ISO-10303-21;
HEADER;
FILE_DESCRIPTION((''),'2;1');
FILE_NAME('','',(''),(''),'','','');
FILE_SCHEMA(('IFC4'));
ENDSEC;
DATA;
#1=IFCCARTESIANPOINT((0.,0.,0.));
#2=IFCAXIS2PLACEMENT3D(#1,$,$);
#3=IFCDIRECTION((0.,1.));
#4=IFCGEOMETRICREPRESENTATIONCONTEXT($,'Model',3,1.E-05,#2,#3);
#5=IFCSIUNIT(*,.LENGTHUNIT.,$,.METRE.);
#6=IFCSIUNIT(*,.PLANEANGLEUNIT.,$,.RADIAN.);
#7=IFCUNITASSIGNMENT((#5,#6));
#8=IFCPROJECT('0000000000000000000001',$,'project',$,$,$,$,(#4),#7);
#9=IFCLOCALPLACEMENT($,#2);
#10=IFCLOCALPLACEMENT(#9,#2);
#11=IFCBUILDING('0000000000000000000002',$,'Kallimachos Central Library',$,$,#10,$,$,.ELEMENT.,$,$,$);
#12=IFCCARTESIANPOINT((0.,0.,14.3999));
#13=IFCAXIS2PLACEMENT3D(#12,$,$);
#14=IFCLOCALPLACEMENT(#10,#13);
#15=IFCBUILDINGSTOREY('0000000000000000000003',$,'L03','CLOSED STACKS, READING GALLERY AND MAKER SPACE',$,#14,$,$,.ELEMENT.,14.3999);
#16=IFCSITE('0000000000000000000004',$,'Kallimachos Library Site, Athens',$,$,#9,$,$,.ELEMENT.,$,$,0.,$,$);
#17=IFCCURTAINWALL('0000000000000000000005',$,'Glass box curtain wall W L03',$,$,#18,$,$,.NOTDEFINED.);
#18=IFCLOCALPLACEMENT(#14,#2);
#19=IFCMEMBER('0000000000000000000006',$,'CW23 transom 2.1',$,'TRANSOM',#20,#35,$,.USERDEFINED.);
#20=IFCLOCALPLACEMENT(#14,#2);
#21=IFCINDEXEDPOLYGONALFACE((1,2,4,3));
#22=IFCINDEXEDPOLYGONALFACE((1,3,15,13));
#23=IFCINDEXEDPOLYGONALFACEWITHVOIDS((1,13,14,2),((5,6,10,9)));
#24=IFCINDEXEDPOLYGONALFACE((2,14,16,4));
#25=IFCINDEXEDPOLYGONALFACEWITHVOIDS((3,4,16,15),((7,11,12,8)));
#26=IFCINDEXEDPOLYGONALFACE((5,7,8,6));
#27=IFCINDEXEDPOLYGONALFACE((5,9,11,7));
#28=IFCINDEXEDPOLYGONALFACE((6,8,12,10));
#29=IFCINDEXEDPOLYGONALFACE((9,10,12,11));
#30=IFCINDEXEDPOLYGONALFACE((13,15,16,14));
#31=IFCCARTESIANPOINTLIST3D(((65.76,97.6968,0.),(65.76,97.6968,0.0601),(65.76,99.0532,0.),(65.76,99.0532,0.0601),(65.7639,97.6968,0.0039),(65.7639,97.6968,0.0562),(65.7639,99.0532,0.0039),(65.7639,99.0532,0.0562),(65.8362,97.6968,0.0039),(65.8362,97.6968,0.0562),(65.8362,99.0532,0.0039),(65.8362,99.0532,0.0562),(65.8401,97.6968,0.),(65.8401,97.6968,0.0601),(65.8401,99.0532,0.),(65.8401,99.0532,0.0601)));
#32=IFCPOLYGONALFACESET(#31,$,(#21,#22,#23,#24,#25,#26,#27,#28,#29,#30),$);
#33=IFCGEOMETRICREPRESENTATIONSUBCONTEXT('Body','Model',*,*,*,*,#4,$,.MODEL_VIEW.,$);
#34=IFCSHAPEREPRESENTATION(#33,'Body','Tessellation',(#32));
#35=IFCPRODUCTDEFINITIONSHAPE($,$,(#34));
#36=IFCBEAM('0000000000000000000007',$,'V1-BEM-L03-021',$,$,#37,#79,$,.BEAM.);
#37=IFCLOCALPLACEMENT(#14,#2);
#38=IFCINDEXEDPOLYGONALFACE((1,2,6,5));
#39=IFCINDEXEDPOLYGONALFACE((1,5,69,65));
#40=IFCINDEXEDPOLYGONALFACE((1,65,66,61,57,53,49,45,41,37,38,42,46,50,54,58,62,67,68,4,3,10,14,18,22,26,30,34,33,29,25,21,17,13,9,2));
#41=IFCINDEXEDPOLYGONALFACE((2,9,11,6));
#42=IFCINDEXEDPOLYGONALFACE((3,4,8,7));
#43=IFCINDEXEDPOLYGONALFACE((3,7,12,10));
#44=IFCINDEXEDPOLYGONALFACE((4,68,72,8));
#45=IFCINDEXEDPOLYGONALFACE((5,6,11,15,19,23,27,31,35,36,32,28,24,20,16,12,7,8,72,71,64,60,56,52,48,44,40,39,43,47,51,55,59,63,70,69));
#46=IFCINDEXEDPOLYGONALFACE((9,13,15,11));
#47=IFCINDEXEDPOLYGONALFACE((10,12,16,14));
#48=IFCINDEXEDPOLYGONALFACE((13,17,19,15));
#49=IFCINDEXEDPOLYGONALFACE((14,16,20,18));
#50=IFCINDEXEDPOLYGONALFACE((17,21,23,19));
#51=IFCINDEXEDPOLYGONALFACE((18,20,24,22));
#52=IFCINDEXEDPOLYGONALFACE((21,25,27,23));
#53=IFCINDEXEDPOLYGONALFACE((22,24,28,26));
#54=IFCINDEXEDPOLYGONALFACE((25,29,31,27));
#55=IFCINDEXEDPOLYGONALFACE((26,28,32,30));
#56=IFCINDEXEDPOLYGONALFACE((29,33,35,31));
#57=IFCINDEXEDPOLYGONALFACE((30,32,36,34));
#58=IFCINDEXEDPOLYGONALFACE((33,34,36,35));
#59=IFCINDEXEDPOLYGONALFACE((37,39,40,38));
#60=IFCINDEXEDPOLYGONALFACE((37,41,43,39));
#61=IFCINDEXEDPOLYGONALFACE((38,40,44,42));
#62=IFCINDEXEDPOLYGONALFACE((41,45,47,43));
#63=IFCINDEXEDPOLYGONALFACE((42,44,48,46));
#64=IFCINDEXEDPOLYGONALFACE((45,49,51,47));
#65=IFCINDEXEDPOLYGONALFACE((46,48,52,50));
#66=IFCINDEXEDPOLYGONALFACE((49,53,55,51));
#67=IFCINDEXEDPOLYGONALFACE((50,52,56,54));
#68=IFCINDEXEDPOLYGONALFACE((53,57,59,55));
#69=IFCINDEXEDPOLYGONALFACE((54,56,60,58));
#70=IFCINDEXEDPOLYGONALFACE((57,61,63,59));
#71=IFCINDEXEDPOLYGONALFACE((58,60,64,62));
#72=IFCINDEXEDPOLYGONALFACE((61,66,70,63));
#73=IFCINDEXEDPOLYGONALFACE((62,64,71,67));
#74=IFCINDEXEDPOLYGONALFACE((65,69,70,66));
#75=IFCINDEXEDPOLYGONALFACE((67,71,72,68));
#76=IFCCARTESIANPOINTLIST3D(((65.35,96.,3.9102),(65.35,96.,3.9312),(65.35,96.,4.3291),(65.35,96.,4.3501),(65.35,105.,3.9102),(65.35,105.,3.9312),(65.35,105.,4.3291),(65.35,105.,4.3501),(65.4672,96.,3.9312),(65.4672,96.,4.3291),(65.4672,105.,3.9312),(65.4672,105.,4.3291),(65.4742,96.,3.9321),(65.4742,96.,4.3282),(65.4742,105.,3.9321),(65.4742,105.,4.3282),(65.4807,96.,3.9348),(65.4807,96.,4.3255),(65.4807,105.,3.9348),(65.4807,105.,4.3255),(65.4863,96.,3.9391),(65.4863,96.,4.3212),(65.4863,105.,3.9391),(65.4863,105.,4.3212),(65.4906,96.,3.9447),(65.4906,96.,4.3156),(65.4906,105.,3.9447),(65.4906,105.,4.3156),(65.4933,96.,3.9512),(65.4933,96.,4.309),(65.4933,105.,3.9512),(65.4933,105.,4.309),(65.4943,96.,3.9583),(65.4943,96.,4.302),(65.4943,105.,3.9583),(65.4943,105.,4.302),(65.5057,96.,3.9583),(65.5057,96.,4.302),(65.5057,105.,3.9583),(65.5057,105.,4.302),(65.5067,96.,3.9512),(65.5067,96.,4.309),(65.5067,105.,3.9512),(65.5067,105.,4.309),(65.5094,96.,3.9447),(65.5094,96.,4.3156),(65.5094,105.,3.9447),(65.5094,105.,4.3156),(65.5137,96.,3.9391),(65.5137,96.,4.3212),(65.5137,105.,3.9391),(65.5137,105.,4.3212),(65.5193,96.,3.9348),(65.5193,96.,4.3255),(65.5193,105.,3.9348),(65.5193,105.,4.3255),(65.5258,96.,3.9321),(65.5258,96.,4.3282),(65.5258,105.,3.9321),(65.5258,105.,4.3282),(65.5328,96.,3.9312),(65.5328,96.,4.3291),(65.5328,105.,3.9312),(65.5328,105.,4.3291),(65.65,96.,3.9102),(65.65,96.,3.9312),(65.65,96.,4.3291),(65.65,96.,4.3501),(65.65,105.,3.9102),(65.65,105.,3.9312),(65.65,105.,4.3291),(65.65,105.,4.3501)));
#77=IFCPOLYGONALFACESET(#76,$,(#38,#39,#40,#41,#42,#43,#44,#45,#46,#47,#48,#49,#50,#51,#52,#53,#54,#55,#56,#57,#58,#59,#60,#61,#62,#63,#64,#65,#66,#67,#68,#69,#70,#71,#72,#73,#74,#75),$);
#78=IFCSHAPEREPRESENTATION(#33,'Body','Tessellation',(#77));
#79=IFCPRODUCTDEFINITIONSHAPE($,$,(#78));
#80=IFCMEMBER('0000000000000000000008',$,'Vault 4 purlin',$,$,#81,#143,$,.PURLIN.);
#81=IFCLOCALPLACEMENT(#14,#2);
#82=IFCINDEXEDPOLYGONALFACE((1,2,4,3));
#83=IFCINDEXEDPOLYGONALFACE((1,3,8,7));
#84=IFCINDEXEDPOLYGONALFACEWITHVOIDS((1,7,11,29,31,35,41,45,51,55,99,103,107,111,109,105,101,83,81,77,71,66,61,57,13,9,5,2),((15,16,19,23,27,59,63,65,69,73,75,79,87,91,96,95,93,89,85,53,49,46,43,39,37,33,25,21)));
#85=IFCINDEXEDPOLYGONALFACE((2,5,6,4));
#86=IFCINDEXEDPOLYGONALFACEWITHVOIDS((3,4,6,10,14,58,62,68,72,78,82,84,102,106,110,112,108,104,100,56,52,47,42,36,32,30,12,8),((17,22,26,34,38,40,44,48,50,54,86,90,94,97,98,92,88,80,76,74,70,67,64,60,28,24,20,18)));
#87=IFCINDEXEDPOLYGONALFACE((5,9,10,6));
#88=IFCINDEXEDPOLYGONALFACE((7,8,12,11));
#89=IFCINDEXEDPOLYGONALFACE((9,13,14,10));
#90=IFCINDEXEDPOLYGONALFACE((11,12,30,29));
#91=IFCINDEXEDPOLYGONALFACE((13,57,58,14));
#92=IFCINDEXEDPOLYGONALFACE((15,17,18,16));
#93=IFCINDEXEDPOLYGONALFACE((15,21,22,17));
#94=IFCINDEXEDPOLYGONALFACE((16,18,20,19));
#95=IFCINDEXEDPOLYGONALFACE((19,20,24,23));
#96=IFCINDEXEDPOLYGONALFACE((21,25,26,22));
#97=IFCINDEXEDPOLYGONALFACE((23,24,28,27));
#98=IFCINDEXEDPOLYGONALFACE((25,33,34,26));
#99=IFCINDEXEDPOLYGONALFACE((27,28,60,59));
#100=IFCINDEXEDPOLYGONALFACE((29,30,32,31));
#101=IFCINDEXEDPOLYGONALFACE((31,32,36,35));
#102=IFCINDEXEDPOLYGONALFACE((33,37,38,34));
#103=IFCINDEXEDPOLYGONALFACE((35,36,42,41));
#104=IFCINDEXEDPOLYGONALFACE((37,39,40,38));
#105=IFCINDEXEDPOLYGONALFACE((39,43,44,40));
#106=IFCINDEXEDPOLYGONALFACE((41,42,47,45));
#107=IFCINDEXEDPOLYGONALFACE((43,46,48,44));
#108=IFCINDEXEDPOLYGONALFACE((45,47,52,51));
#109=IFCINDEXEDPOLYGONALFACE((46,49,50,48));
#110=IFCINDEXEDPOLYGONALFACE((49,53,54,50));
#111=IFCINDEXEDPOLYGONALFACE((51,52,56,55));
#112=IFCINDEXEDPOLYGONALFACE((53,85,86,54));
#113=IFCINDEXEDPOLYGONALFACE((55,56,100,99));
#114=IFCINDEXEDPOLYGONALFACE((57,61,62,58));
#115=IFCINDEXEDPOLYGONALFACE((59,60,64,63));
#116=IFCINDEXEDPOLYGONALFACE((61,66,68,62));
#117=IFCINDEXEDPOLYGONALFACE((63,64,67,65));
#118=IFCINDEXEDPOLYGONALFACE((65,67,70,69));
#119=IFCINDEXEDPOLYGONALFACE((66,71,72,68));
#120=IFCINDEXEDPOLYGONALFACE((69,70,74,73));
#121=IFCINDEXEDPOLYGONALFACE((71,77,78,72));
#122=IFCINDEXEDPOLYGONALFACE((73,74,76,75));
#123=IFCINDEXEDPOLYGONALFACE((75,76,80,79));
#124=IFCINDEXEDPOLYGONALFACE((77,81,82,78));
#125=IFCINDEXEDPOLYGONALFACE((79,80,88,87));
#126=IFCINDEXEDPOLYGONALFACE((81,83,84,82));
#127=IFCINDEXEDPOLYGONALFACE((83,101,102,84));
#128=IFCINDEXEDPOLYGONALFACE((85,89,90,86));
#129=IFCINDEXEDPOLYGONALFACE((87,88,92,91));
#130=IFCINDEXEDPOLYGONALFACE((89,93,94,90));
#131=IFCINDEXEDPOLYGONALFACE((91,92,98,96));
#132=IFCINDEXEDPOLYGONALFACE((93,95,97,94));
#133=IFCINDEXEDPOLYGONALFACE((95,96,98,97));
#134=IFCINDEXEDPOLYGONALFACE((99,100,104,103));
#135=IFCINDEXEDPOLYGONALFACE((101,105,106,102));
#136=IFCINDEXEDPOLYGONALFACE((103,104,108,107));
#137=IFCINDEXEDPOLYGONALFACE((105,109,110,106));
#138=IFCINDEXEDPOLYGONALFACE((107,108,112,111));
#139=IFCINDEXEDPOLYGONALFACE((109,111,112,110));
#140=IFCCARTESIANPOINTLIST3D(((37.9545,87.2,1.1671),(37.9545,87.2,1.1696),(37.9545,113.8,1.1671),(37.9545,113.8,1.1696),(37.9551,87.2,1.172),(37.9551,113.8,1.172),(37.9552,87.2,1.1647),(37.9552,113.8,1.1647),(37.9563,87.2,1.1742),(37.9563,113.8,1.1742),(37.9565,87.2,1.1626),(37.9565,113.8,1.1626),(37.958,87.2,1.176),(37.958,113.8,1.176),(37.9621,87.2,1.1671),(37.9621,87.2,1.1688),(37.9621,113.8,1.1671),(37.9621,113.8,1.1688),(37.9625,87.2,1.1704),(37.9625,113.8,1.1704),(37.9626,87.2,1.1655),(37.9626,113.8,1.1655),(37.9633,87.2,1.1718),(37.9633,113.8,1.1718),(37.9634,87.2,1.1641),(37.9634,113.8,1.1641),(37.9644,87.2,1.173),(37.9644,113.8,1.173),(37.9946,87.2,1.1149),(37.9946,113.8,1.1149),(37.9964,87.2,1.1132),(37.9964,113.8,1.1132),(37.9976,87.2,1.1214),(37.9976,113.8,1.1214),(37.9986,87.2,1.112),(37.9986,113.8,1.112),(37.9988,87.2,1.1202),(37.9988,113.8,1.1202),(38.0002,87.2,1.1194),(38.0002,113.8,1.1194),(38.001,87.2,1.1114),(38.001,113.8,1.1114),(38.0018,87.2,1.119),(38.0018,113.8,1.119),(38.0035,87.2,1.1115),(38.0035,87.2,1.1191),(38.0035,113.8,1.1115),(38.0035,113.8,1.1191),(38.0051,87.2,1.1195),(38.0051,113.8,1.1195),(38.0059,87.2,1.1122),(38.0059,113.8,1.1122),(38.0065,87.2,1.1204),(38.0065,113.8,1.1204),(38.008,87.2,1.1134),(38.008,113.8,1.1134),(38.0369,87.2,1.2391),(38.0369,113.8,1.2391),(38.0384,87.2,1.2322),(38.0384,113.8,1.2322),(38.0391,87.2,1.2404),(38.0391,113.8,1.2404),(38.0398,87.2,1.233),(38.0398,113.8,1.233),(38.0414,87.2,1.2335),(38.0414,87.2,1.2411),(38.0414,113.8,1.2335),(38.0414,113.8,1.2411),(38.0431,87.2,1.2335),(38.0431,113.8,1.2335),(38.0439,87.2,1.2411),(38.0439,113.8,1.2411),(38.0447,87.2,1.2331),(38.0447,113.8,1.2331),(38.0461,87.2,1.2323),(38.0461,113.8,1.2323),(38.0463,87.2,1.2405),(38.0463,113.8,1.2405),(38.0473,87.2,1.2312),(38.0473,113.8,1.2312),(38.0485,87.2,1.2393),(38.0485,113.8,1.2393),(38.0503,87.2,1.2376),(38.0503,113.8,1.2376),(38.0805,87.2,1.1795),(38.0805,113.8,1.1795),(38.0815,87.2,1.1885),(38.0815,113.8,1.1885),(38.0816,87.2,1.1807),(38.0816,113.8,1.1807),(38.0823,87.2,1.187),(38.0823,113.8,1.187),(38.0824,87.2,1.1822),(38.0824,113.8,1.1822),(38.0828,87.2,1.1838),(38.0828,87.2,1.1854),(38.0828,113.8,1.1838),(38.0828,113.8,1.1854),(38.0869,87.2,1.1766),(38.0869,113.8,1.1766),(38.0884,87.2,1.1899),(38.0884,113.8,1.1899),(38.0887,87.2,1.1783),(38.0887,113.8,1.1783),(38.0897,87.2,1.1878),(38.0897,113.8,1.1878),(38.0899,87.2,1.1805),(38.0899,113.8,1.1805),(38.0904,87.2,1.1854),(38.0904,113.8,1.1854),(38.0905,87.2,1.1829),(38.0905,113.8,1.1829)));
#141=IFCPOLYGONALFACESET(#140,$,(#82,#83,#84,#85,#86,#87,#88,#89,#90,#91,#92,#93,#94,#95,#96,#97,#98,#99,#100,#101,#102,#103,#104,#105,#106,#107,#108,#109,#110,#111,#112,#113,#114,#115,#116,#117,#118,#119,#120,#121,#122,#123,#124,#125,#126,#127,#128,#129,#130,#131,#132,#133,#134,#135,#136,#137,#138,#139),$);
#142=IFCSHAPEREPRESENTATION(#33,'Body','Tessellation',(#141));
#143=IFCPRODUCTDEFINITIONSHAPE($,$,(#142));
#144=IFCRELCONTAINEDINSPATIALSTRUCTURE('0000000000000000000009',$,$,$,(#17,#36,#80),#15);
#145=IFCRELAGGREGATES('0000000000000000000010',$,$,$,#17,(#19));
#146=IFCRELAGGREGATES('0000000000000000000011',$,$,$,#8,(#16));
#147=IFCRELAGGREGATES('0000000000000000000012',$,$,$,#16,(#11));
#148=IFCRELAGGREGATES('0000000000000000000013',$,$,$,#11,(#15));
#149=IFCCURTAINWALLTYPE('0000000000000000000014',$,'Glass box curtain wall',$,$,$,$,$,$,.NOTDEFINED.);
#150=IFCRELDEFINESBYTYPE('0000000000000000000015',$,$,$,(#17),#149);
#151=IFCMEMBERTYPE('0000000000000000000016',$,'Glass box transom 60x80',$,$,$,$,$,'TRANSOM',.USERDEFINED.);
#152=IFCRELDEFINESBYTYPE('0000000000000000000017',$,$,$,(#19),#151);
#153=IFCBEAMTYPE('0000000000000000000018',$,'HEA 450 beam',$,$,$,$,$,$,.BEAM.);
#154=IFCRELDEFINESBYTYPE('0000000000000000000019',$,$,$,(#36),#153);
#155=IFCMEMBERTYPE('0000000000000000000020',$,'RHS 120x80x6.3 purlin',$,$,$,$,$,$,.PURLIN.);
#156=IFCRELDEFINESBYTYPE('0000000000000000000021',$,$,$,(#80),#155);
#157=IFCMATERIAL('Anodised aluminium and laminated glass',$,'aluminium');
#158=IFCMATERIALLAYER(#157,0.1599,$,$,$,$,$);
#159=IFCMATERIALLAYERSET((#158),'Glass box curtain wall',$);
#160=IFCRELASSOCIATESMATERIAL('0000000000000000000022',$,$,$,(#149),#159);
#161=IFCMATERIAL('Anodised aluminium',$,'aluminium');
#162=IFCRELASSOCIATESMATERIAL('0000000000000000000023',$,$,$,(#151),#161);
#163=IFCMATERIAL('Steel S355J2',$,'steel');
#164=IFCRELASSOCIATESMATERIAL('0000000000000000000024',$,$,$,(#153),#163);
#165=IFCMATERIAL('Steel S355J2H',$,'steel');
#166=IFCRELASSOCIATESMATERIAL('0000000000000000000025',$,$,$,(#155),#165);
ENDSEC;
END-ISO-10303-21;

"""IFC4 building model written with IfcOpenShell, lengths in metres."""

from ifc_helpers import new_model, si_unit, direction, frame, origin, origin_2d, place, context, subcontext, project, spatial, hollow_rectangle, i_section, extrude, material, layer, layer_set, material_profile, profile_set, type_object, element, aggregate, save


model = new_model("IFC4")

# Units and contexts
model_context = context("Model", 3, precision=1e-05, world=origin(), true_north=direction((0.0, 1.0)))
body_context = subcontext(model_context, "Body", "Model", "MODEL_VIEW")
ifc_project = project(units=[si_unit("LENGTHUNIT", "METRE"), si_unit("PLANEANGLEUNIT", "RADIAN")], contexts=[model_context])

# Site, building, storey
site_placement = place(None, origin())
site = spatial("IfcSite", under=ifc_project, at=site_placement, Name="Kallimachos Library Site, Athens", CompositionType="ELEMENT", RefElevation=0.0)
building_placement = place(site_placement, origin())
building = spatial("IfcBuilding", under=site, at=building_placement, Name="Kallimachos Central Library", CompositionType="ELEMENT")
storey_placement = place(building_placement, frame((0.0, 0.0, 14.3999)))
storey = spatial("IfcBuildingStorey", under=building, at=storey_placement, Name="L03", Description="CLOSED STACKS, READING GALLERY AND MAKER SPACE", CompositionType="ELEMENT", Elevation=14.3999)

# Curtain wall, member
ifc_material_1 = material(Name="Anodised aluminium and laminated glass", Category="aluminium")
ifc_layer_1 = layer(ifc_material_1, 0.1599)
ifc_layer_set_1 = layer_set([ifc_layer_1], Name="Glass box curtain wall")
curtain_wall_type = type_object("IfcCurtainWallType", Name="Glass box curtain wall", PredefinedType="NOTDEFINED", material=ifc_layer_set_1)
curtain_wall_placement = place(storey_placement, origin())
curtain_wall = element("IfcCurtainWall", 1, at=curtain_wall_placement, inside=storey, type_object=curtain_wall_type, Name="Glass box curtain wall W L03", PredefinedType="NOTDEFINED")
ifc_material_2 = material(Name="Anodised aluminium", Category="aluminium")
ifc_material_profile_1 = material_profile(ifc_material_2, hollow_rectangle(XDim=0.0601, YDim=0.0801, WallThickness=0.0039, at=origin_2d()), Name="ALU TRANSOM 60x80")
ifc_profile_set_1 = profile_set([ifc_material_profile_1], Name="Anodised aluminium")
member_type_1 = type_object("IfcMemberType", Name="Glass box transom 60x80", ElementType="TRANSOM", PredefinedType="USERDEFINED", material=ifc_profile_set_1)
member_1_placement = place(storey_placement, frame((65.8, 97.6968, 0.03), z_axis=(0.0, 1.0, 0.0), x_axis=(0.0, 0.0, 1.0)))
member_1 = element("IfcMember", 2, at=member_1_placement, type_object=member_type_1, Name="CW23 transom 2.1", ObjectType="TRANSOM", PredefinedType="USERDEFINED", context=body_context, shape_type="SweptSolid", body=[
    extrude(hollow_rectangle(XDim=0.0601, YDim=0.0801, WallThickness=0.0039, at=origin_2d()), origin(), (0.0, 0.0, 1.0), 1.3564),
])

# Beam
ifc_material_3 = material(Name="Steel S355J2", Category="steel")
ifc_material_profile_2 = material_profile(ifc_material_3, i_section(OverallWidth=0.3, OverallDepth=0.4399, WebThickness=0.0115, FlangeThickness=0.021, FilletRadius=0.0271, at=origin_2d()), Name="HEA 450")
ifc_profile_set_2 = profile_set([ifc_material_profile_2], Name="Steel S355J2")
beam_type = type_object("IfcBeamType", Name="HEA 450 beam", PredefinedType="BEAM", material=ifc_profile_set_2)
beam_placement = place(storey_placement, frame((65.5, 96.0, 4.1301), z_axis=(0.0, 1.0, 0.0), x_axis=(-1.0, 0.0, 0.0)))
element("IfcBeam", 3, at=beam_placement, inside=storey, type_object=beam_type, Name="V1-BEM-L03-021", PredefinedType="BEAM", context=body_context, shape_type="SweptSolid", body=[
    extrude(i_section(OverallWidth=0.3, OverallDepth=0.4399, WebThickness=0.0115, FlangeThickness=0.021, FilletRadius=0.0271, at=origin_2d()), origin(), (0.0, 0.0, 1.0), 9.0),
])

# Member
ifc_material_4 = material(Name="Steel S355J2H", Category="steel")
ifc_material_profile_3 = material_profile(ifc_material_4, hollow_rectangle(XDim=0.0801, YDim=0.1201, WallThickness=0.0063, InnerFilletRadius=0.0063, OuterFilletRadius=0.0095, at=origin_2d()), Name="RHS 120x80x6.3")
ifc_profile_set_3 = profile_set([ifc_material_profile_3], Name="Steel S355J2H")
member_type_2 = type_object("IfcMemberType", Name="RHS 120x80x6.3 purlin", PredefinedType="PURLIN", material=ifc_profile_set_3)
member_2_placement = place(storey_placement, frame((38.0225, 87.2, 1.1763), z_axis=(0.0, 1.0, 0.0), x_axis=(-0.62444, 0.0, 0.781072)))
element("IfcMember", 4, at=member_2_placement, inside=storey, type_object=member_type_2, Name="Vault 4 purlin", PredefinedType="PURLIN", context=body_context, shape_type="SweptSolid", body=[
    extrude(hollow_rectangle(XDim=0.0801, YDim=0.1201, WallThickness=0.0063, InnerFilletRadius=0.0063, OuterFilletRadius=0.0095, at=origin_2d()), origin(), (0.0, 0.0, 1.0), 26.6001),
])

aggregate(curtain_wall, [member_1])

save(model, "model.ifc")
